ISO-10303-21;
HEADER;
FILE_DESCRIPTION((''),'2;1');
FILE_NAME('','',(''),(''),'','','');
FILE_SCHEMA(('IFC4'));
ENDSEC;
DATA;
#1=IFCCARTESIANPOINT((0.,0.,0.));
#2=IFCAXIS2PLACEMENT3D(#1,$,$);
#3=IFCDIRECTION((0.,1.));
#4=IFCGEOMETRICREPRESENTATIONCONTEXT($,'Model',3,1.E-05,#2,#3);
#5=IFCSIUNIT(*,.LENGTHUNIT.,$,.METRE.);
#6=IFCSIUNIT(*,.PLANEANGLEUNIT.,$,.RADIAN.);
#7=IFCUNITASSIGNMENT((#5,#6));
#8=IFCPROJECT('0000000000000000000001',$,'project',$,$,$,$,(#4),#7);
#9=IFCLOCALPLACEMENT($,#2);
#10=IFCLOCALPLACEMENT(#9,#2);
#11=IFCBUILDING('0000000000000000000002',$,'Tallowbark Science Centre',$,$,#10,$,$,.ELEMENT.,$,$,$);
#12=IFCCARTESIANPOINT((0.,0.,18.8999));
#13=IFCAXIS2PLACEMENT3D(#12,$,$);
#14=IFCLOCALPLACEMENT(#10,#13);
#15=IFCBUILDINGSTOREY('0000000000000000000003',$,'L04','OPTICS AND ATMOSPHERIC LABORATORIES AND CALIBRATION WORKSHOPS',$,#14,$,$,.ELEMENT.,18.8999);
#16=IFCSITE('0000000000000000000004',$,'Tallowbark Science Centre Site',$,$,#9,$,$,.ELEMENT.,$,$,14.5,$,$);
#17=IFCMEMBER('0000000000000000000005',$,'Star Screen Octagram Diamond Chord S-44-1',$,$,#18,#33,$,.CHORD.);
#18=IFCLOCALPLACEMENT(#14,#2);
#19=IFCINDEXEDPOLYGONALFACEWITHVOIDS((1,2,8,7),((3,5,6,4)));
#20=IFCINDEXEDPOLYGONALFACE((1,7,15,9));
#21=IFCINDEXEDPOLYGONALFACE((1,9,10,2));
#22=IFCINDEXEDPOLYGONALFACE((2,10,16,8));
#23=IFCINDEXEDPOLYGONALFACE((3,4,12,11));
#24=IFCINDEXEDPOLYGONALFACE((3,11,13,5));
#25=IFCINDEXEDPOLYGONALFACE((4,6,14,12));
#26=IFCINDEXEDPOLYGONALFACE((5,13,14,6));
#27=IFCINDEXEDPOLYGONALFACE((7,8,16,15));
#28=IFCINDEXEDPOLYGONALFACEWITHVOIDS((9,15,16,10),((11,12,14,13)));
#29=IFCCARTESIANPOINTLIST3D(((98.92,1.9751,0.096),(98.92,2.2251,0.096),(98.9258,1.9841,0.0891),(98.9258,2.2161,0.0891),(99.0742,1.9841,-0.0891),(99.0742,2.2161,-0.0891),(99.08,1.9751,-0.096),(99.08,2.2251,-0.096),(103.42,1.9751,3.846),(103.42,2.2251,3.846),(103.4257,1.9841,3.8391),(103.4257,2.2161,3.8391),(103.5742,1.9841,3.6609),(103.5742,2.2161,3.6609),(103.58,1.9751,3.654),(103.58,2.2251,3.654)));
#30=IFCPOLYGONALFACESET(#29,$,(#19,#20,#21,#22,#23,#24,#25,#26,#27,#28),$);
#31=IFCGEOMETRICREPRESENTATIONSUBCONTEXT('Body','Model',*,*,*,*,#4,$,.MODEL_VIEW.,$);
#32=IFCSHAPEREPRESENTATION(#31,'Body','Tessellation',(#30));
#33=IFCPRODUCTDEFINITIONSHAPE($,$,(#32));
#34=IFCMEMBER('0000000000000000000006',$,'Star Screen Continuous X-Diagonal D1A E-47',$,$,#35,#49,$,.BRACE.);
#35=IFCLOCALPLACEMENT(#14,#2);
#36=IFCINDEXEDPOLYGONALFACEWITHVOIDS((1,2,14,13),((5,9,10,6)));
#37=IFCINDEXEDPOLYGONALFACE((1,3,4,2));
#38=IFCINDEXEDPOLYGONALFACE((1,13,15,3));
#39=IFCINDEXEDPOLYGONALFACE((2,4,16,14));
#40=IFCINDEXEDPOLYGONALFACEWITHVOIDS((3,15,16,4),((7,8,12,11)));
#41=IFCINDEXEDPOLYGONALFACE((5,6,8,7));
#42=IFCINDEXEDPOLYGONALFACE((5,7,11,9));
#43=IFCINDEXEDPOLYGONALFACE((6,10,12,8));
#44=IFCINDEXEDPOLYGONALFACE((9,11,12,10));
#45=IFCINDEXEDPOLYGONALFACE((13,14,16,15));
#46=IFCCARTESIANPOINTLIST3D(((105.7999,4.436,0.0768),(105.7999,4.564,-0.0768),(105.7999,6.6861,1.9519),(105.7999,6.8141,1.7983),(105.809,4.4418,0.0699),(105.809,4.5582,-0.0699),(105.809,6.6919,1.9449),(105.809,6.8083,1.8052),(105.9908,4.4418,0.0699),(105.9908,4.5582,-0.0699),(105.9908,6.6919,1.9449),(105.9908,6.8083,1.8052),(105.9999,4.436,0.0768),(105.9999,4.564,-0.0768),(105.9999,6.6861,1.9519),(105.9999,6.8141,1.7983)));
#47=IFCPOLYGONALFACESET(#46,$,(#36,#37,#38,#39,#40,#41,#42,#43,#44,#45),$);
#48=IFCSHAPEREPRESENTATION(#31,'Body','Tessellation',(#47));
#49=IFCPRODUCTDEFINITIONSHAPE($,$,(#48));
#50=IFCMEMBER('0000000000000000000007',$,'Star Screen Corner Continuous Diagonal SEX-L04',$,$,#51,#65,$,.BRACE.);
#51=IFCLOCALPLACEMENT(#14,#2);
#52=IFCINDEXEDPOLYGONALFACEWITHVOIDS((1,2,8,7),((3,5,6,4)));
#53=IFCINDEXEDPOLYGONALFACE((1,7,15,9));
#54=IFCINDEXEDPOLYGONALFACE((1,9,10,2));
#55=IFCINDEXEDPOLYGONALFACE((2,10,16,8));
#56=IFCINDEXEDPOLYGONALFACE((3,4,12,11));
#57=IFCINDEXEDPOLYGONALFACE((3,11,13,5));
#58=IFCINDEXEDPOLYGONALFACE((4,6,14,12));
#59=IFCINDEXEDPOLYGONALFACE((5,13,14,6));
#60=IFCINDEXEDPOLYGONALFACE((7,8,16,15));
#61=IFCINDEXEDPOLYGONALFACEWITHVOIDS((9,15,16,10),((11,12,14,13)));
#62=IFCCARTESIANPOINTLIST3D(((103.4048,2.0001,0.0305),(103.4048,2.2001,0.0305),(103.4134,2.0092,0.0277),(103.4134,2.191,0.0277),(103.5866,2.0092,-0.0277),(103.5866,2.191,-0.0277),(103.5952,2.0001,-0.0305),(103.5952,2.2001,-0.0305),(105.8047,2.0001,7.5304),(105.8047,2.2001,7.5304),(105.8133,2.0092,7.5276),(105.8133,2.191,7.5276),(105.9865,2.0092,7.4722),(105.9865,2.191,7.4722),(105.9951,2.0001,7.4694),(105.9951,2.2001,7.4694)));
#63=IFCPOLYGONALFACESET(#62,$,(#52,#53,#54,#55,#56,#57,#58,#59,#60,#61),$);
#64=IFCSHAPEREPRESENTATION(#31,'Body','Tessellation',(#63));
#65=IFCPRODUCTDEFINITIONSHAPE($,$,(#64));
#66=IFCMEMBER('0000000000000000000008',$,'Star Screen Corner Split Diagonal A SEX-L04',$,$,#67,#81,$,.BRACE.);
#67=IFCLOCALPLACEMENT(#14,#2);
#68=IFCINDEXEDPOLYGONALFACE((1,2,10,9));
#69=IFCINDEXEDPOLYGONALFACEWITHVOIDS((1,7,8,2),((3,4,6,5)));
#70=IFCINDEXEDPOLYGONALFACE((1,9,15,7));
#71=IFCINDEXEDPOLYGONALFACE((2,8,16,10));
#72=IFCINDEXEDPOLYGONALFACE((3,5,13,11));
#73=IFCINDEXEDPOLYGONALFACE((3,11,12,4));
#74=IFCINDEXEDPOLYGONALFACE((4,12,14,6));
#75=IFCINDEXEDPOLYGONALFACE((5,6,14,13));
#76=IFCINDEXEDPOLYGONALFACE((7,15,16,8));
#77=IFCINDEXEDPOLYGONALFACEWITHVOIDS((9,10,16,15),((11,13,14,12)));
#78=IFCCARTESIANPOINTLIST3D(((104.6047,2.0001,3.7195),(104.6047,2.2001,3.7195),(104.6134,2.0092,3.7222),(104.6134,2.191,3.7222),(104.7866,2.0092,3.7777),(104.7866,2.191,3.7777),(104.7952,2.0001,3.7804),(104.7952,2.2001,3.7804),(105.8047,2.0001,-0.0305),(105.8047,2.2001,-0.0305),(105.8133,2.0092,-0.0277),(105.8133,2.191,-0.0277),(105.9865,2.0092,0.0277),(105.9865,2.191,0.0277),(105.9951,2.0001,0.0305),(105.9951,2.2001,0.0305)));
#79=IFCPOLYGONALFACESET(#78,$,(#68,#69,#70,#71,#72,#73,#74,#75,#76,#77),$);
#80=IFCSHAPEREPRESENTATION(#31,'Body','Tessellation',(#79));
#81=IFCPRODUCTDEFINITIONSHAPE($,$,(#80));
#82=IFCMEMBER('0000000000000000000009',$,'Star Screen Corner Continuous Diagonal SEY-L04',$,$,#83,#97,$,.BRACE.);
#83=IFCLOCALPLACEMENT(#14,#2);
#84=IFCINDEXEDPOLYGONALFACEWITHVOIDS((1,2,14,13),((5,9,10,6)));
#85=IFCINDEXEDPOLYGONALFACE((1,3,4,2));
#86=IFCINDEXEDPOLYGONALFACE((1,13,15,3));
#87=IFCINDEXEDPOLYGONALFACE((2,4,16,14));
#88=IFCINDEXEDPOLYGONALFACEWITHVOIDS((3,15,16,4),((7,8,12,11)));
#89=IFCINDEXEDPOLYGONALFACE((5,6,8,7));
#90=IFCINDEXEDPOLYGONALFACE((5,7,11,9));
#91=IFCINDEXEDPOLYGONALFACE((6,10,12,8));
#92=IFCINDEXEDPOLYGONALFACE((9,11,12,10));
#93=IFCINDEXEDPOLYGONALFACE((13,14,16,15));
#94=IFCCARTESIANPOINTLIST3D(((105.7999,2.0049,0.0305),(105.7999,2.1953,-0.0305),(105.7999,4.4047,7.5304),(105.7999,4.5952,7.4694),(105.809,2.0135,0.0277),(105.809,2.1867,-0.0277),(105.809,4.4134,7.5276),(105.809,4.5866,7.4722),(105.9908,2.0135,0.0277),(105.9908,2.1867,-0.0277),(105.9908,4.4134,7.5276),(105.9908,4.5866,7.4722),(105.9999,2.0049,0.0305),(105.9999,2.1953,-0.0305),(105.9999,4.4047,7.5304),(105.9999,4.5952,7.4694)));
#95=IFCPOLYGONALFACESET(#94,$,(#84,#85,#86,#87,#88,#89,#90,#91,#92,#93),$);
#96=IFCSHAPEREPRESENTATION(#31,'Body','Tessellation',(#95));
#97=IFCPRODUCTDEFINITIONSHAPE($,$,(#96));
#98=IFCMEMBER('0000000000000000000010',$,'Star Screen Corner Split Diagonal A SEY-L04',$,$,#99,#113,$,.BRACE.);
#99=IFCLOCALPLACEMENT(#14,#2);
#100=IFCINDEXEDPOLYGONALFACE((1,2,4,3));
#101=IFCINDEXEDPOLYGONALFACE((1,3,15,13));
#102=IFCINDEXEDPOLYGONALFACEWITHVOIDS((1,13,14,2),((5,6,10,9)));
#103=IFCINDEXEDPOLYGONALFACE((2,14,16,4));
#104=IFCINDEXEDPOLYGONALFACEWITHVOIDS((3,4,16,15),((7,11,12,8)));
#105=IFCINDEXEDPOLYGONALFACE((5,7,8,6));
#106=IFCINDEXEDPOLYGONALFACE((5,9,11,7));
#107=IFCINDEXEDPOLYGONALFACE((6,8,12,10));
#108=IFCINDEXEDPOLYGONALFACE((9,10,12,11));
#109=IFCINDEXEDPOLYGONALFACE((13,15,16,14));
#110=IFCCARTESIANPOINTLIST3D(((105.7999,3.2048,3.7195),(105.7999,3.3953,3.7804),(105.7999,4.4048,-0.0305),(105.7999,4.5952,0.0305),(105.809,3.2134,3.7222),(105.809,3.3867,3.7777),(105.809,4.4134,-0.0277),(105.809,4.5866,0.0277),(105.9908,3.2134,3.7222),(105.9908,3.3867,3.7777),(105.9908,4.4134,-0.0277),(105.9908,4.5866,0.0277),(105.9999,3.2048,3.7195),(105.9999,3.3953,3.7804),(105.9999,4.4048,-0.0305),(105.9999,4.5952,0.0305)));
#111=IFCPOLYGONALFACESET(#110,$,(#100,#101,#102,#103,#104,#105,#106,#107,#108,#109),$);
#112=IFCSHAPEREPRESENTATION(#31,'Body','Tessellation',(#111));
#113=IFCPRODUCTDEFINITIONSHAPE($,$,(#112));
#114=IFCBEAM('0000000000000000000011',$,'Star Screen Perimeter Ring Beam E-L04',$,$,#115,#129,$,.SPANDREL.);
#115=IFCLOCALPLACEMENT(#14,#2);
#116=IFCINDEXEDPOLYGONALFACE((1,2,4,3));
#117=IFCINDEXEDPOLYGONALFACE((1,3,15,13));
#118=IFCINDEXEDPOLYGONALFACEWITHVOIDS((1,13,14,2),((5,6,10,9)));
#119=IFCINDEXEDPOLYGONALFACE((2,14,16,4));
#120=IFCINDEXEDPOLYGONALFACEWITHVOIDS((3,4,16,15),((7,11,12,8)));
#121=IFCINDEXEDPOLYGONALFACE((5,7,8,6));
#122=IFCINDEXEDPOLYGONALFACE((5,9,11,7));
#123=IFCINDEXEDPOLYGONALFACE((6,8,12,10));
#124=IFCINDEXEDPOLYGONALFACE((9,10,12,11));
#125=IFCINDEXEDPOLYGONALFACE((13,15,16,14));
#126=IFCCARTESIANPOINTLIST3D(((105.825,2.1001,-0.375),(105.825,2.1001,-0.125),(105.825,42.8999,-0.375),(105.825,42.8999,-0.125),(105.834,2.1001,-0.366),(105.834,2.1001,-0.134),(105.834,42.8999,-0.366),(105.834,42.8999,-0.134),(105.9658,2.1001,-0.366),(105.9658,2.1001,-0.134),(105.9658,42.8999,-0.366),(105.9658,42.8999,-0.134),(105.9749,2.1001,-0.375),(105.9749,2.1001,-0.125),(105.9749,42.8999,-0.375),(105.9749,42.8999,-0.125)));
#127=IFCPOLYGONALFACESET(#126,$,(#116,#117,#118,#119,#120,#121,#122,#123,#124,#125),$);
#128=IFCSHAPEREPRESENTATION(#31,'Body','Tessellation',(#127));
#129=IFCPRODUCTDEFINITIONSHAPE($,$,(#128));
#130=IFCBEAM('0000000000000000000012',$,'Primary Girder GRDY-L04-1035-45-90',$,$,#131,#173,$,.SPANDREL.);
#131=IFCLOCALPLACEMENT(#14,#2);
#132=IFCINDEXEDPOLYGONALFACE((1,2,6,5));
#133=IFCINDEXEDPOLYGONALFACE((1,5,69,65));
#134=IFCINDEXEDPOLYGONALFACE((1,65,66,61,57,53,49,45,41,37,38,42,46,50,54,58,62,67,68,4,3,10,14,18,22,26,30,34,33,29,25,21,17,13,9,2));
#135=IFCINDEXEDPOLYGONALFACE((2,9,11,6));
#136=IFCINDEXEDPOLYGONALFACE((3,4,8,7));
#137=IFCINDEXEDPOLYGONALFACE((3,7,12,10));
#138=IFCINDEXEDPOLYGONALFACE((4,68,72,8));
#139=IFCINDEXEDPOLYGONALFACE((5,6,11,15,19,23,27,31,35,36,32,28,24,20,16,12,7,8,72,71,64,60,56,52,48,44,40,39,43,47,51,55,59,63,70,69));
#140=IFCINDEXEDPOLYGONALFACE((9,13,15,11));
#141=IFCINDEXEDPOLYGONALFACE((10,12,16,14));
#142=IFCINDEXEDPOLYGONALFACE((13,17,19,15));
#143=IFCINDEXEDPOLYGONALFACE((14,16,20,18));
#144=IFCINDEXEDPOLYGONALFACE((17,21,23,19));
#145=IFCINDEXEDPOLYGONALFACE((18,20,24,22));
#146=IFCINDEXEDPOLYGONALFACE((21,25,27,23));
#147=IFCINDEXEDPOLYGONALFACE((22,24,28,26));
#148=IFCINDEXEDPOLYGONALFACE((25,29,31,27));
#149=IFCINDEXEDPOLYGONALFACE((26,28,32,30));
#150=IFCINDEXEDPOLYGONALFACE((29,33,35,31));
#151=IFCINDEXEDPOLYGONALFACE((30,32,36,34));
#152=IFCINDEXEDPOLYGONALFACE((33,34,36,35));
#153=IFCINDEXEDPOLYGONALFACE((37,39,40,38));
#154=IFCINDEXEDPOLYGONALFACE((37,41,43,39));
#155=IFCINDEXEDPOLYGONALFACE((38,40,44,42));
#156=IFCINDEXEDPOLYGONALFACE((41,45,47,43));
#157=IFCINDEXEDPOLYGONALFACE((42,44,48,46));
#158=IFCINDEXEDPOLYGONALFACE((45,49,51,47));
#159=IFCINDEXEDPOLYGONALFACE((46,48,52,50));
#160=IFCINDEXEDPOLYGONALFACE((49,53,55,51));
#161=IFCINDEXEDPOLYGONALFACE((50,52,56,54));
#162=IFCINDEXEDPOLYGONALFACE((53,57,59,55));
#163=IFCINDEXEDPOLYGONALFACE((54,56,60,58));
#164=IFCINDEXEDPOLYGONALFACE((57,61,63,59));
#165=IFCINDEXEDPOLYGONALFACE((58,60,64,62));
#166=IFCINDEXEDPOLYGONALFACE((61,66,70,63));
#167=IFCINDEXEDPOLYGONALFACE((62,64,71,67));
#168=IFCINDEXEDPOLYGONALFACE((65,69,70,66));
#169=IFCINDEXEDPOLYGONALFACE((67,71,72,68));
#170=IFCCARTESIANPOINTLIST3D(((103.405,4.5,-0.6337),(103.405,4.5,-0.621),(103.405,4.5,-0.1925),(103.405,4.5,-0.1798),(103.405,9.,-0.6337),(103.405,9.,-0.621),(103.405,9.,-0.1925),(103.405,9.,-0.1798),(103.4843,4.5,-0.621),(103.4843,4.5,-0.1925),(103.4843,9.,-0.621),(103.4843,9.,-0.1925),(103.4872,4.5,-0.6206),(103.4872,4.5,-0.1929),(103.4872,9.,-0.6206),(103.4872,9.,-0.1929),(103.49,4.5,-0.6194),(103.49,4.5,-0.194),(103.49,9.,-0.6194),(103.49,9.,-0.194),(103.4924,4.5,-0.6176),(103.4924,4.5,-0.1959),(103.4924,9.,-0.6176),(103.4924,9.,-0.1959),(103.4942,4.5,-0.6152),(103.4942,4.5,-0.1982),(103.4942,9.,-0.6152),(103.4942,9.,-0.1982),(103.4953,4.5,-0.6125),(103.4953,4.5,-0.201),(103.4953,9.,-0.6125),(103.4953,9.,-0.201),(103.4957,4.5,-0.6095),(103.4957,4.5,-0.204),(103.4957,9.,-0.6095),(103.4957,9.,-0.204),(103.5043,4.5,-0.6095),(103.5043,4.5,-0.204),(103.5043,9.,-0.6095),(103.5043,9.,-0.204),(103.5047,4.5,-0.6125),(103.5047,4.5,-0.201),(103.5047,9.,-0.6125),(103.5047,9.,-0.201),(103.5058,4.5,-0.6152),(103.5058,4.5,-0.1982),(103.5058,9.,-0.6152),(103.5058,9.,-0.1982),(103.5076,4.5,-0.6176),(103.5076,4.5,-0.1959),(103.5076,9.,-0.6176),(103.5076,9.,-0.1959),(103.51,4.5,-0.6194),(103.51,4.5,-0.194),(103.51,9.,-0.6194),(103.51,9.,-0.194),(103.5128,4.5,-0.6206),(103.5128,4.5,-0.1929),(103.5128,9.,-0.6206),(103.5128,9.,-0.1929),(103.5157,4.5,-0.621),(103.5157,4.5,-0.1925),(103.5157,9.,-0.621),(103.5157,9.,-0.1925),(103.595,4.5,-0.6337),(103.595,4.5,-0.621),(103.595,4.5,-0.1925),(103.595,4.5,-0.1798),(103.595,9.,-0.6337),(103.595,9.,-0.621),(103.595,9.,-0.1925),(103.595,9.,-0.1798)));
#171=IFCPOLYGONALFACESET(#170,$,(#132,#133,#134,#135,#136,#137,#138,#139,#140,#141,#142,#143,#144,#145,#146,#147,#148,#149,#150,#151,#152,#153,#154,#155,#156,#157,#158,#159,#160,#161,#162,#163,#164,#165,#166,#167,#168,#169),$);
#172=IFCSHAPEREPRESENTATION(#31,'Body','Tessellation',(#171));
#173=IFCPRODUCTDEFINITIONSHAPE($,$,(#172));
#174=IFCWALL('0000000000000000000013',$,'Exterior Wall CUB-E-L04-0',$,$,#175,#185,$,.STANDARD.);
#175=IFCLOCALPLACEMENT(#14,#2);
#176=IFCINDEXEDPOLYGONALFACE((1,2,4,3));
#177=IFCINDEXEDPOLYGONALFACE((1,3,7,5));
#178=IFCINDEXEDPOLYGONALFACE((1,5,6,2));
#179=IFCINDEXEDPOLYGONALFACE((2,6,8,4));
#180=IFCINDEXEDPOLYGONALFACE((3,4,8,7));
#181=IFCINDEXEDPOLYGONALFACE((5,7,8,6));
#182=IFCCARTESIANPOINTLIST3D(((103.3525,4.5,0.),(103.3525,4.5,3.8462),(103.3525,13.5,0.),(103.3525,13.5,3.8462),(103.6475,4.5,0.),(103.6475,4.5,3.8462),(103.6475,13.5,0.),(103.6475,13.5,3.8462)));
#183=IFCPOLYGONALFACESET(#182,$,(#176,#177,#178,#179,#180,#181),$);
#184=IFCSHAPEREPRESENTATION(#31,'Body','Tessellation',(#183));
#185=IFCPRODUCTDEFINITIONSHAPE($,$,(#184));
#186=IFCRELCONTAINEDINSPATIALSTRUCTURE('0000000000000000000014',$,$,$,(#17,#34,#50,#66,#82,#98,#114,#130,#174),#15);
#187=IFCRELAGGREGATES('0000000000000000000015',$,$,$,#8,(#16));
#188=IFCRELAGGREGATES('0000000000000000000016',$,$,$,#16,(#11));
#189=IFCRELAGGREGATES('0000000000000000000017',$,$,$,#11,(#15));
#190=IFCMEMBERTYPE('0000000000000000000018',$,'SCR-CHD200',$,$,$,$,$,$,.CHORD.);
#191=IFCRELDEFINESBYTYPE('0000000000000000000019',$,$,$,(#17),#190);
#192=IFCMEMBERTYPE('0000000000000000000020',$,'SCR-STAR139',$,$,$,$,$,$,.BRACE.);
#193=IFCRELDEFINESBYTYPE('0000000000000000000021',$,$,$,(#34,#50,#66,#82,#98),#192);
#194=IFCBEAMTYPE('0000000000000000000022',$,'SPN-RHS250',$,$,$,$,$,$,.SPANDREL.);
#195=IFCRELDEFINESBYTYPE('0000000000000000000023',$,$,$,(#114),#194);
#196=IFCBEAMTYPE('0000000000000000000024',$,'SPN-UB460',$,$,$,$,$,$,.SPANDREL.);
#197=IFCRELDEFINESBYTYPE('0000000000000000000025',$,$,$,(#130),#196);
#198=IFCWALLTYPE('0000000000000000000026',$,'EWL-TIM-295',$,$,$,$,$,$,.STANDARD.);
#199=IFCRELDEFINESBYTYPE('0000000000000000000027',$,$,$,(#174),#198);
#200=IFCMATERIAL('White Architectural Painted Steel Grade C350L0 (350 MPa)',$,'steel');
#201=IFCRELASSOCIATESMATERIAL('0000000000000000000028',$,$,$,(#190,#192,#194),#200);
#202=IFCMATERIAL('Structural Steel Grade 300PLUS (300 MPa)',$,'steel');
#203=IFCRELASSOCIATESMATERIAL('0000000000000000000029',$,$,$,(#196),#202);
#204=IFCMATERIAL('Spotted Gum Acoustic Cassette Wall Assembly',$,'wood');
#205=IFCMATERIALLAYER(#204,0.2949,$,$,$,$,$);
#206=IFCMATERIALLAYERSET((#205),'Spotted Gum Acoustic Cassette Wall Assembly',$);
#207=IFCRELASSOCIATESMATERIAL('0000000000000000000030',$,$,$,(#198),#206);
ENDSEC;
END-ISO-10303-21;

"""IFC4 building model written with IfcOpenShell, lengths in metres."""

from ifc_helpers import new_model, si_unit, direction, frame, frame_2d, origin, origin_2d, place, context, subcontext, project, spatial, rectangle, hollow_rectangle, i_section, extrude, material, layer, layer_set, material_profile, profile_set, type_object, element, save


model = new_model("IFC4")

# Units and contexts
model_context = context("Model", 3, precision=1e-05, world=origin(), true_north=direction((0.0, 1.0)))
body_context = subcontext(model_context, "Body", "Model", "MODEL_VIEW")
ifc_project = project(units=[si_unit("LENGTHUNIT", "METRE"), si_unit("PLANEANGLEUNIT", "RADIAN")], contexts=[model_context])

# Site, building, storey
site_placement = place(None, origin())
site = spatial("IfcSite", under=ifc_project, at=site_placement, Name="Tallowbark Science Centre Site", CompositionType="ELEMENT", RefElevation=14.5)
building_placement = place(site_placement, origin())
building = spatial("IfcBuilding", under=site, at=building_placement, Name="Tallowbark Science Centre", CompositionType="ELEMENT")
storey_placement = place(building_placement, frame((0.0, 0.0, 18.8999)))
storey = spatial("IfcBuildingStorey", under=building, at=storey_placement, Name="L04", Description="OPTICS AND ATMOSPHERIC LABORATORIES AND CALIBRATION WORKSHOPS", CompositionType="ELEMENT", Elevation=18.8999)

# Shared definitions
ifc_material_1 = material(Name="White Architectural Painted Steel Grade C350L0 (350 MPa)", Category="steel")
ifc_material_2 = material(Name="Structural Steel Grade 300PLUS (300 MPa)", Category="steel")

# Members
ifc_material_profile_1 = material_profile(ifc_material_1, hollow_rectangle(XDim=0.25, YDim=0.25, WallThickness=0.009, at=origin_2d()), Name="250x250x9.0SHS")
ifc_profile_set_1 = profile_set([ifc_material_profile_1], Name="White Architectural Painted Steel Grade C350L0 (350 MPa)")
member_type_1 = type_object("IfcMemberType", Name="SCR-CHD200", PredefinedType="CHORD", material=ifc_profile_set_1)
member_1_placement = place(storey_placement, frame((99.0, 2.1001, 0.0), z_axis=(0.768221, 0.0, 0.640184), x_axis=(0.0, 1.0, 0.0)))
element("IfcMember", 1, at=member_1_placement, inside=storey, type_object=member_type_1, Name="Star Screen Octagram Diamond Chord S-44-1", PredefinedType="CHORD", context=body_context, shape_type="SweptSolid", body=[
    extrude(hollow_rectangle(XDim=0.25, YDim=0.25, WallThickness=0.009, at=origin_2d()), origin(), (0.0, 0.0, 1.0), 5.8577),
])
ifc_material_profile_2 = material_profile(ifc_material_1, hollow_rectangle(XDim=0.2, YDim=0.2, WallThickness=0.009, at=origin_2d()), Name="200x200x9.0SHS")
ifc_profile_set_2 = profile_set([ifc_material_profile_2], Name="White Architectural Painted Steel Grade C350L0 (350 MPa)")
member_type_2 = type_object("IfcMemberType", Name="SCR-STAR139", PredefinedType="BRACE", material=ifc_profile_set_2)
member_2_placement = place(storey_placement, frame((105.8999, 4.5, 0.0), z_axis=(0.0, 0.768221, 0.640184), x_axis=(-1.0, 0.0, 0.0)))
element("IfcMember", 2, at=member_2_placement, inside=storey, type_object=member_type_2, Name="Star Screen Continuous X-Diagonal D1A E-47", PredefinedType="BRACE", context=body_context, shape_type="SweptSolid", body=[
    extrude(hollow_rectangle(XDim=0.2, YDim=0.2, WallThickness=0.009, at=origin_2d()), origin(), (0.0, 0.0, 1.0), 2.929),
])
member_3_placement = place(storey_placement, frame((103.5, 2.1001, 0.0), z_axis=(0.304764, 0.0, 0.952428), x_axis=(0.0, 1.0, 0.0)))
element("IfcMember", 3, at=member_3_placement, inside=storey, type_object=member_type_2, Name="Star Screen Corner Continuous Diagonal SEX-L04", PredefinedType="BRACE", context=body_context, shape_type="SweptSolid", body=[
    extrude(hollow_rectangle(XDim=0.2, YDim=0.2, WallThickness=0.009, at=origin_2d()), origin(), (0.0, 0.0, 1.0), 7.8745),
])
member_4_placement = place(storey_placement, frame((105.8999, 2.1001, 0.0), z_axis=(-0.304764, 0.0, 0.952428), x_axis=(0.0, -1.0, 0.0)))
element("IfcMember", 4, at=member_4_placement, inside=storey, type_object=member_type_2, Name="Star Screen Corner Split Diagonal A SEX-L04", PredefinedType="BRACE", context=body_context, shape_type="SweptSolid", body=[
    extrude(hollow_rectangle(XDim=0.2, YDim=0.2, WallThickness=0.009, at=origin_2d()), origin(), (0.0, 0.0, 1.0), 3.9373),
])
member_5_placement = place(storey_placement, frame((105.8999, 2.1001, 0.0), z_axis=(0.0, 0.304764, 0.952428), x_axis=(-1.0, 0.0, 0.0)))
element("IfcMember", 5, at=member_5_placement, inside=storey, type_object=member_type_2, Name="Star Screen Corner Continuous Diagonal SEY-L04", PredefinedType="BRACE", context=body_context, shape_type="SweptSolid", body=[
    extrude(hollow_rectangle(XDim=0.2, YDim=0.2, WallThickness=0.009, at=origin_2d()), origin(), (0.0, 0.0, 1.0), 7.8745),
])
member_6_placement = place(storey_placement, frame((105.8999, 4.5, 0.0), z_axis=(0.0, -0.304764, 0.952428), x_axis=(1.0, 0.0, 0.0)))
element("IfcMember", 6, at=member_6_placement, inside=storey, type_object=member_type_2, Name="Star Screen Corner Split Diagonal A SEY-L04", PredefinedType="BRACE", context=body_context, shape_type="SweptSolid", body=[
    extrude(hollow_rectangle(XDim=0.2, YDim=0.2, WallThickness=0.009, at=origin_2d()), origin(), (0.0, 0.0, 1.0), 3.9373),
])

# Beams
ifc_material_profile_3 = material_profile(ifc_material_1, hollow_rectangle(XDim=0.1499, YDim=0.25, WallThickness=0.009, at=origin_2d()), Name="250x150x9.0RHS")
ifc_profile_set_3 = profile_set([ifc_material_profile_3], Name="White Architectural Painted Steel Grade C350L0 (350 MPa)")
beam_type_1 = type_object("IfcBeamType", Name="SPN-RHS250", PredefinedType="SPANDREL", material=ifc_profile_set_3)
beam_1_placement = place(storey_placement, frame((105.8999, 2.1001, -0.25), z_axis=(0.0, 1.0, 0.0), x_axis=(-1.0, 0.0, 0.0)))
element("IfcBeam", 7, at=beam_1_placement, inside=storey, type_object=beam_type_1, Name="Star Screen Perimeter Ring Beam E-L04", PredefinedType="SPANDREL", context=body_context, shape_type="SweptSolid", body=[
    extrude(hollow_rectangle(XDim=0.1499, YDim=0.25, WallThickness=0.009, at=origin_2d()), origin(), (0.0, 0.0, 1.0), 40.7998),
])
ifc_material_profile_4 = material_profile(ifc_material_2, i_section(OverallWidth=0.1899, OverallDepth=0.4539, WebThickness=0.0085, FlangeThickness=0.0127, FilletRadius=0.0115, at=origin_2d()), Name="460UB67.1")
ifc_profile_set_4 = profile_set([ifc_material_profile_4], Name="Structural Steel Grade 300PLUS (300 MPa)")
beam_type_2 = type_object("IfcBeamType", Name="SPN-UB460", PredefinedType="SPANDREL", material=ifc_profile_set_4)
beam_2_placement = place(storey_placement, frame((103.5, 4.5, -0.4067), z_axis=(0.0, 1.0, 0.0), x_axis=(-1.0, 0.0, 0.0)))
element("IfcBeam", 8, at=beam_2_placement, inside=storey, type_object=beam_type_2, Name="Primary Girder GRDY-L04-1035-45-90", PredefinedType="SPANDREL", context=body_context, shape_type="SweptSolid", body=[
    extrude(i_section(OverallWidth=0.1899, OverallDepth=0.4539, WebThickness=0.0085, FlangeThickness=0.0127, FilletRadius=0.0115, at=origin_2d()), origin(), (0.0, 0.0, 1.0), 4.5),
])

# Wall
ifc_material_3 = material(Name="Spotted Gum Acoustic Cassette Wall Assembly", Category="wood")
ifc_layer_1 = layer(ifc_material_3, 0.2949)
ifc_layer_set_1 = layer_set([ifc_layer_1], Name="Spotted Gum Acoustic Cassette Wall Assembly")
wall_type_1 = type_object("IfcWallType", Name="EWL-TIM-295", PredefinedType="STANDARD", material=ifc_layer_set_1)
wall_placement = place(storey_placement, frame((103.5, 4.5, 0.0), z_axis=(0.0, 0.0, 1.0), x_axis=(0.0, 1.0, 0.0)))
element("IfcWall", 9, at=wall_placement, inside=storey, type_object=wall_type_1, Name="Exterior Wall CUB-E-L04-0", PredefinedType="STANDARD", context=body_context, shape_type="SweptSolid", body=[
    extrude(rectangle(XDim=9.0, YDim=0.2949, at=frame_2d((4.5, 0.0))), origin(), (0.0, 0.0, 1.0), 3.8462),
])

save(model, "model.ifc")
